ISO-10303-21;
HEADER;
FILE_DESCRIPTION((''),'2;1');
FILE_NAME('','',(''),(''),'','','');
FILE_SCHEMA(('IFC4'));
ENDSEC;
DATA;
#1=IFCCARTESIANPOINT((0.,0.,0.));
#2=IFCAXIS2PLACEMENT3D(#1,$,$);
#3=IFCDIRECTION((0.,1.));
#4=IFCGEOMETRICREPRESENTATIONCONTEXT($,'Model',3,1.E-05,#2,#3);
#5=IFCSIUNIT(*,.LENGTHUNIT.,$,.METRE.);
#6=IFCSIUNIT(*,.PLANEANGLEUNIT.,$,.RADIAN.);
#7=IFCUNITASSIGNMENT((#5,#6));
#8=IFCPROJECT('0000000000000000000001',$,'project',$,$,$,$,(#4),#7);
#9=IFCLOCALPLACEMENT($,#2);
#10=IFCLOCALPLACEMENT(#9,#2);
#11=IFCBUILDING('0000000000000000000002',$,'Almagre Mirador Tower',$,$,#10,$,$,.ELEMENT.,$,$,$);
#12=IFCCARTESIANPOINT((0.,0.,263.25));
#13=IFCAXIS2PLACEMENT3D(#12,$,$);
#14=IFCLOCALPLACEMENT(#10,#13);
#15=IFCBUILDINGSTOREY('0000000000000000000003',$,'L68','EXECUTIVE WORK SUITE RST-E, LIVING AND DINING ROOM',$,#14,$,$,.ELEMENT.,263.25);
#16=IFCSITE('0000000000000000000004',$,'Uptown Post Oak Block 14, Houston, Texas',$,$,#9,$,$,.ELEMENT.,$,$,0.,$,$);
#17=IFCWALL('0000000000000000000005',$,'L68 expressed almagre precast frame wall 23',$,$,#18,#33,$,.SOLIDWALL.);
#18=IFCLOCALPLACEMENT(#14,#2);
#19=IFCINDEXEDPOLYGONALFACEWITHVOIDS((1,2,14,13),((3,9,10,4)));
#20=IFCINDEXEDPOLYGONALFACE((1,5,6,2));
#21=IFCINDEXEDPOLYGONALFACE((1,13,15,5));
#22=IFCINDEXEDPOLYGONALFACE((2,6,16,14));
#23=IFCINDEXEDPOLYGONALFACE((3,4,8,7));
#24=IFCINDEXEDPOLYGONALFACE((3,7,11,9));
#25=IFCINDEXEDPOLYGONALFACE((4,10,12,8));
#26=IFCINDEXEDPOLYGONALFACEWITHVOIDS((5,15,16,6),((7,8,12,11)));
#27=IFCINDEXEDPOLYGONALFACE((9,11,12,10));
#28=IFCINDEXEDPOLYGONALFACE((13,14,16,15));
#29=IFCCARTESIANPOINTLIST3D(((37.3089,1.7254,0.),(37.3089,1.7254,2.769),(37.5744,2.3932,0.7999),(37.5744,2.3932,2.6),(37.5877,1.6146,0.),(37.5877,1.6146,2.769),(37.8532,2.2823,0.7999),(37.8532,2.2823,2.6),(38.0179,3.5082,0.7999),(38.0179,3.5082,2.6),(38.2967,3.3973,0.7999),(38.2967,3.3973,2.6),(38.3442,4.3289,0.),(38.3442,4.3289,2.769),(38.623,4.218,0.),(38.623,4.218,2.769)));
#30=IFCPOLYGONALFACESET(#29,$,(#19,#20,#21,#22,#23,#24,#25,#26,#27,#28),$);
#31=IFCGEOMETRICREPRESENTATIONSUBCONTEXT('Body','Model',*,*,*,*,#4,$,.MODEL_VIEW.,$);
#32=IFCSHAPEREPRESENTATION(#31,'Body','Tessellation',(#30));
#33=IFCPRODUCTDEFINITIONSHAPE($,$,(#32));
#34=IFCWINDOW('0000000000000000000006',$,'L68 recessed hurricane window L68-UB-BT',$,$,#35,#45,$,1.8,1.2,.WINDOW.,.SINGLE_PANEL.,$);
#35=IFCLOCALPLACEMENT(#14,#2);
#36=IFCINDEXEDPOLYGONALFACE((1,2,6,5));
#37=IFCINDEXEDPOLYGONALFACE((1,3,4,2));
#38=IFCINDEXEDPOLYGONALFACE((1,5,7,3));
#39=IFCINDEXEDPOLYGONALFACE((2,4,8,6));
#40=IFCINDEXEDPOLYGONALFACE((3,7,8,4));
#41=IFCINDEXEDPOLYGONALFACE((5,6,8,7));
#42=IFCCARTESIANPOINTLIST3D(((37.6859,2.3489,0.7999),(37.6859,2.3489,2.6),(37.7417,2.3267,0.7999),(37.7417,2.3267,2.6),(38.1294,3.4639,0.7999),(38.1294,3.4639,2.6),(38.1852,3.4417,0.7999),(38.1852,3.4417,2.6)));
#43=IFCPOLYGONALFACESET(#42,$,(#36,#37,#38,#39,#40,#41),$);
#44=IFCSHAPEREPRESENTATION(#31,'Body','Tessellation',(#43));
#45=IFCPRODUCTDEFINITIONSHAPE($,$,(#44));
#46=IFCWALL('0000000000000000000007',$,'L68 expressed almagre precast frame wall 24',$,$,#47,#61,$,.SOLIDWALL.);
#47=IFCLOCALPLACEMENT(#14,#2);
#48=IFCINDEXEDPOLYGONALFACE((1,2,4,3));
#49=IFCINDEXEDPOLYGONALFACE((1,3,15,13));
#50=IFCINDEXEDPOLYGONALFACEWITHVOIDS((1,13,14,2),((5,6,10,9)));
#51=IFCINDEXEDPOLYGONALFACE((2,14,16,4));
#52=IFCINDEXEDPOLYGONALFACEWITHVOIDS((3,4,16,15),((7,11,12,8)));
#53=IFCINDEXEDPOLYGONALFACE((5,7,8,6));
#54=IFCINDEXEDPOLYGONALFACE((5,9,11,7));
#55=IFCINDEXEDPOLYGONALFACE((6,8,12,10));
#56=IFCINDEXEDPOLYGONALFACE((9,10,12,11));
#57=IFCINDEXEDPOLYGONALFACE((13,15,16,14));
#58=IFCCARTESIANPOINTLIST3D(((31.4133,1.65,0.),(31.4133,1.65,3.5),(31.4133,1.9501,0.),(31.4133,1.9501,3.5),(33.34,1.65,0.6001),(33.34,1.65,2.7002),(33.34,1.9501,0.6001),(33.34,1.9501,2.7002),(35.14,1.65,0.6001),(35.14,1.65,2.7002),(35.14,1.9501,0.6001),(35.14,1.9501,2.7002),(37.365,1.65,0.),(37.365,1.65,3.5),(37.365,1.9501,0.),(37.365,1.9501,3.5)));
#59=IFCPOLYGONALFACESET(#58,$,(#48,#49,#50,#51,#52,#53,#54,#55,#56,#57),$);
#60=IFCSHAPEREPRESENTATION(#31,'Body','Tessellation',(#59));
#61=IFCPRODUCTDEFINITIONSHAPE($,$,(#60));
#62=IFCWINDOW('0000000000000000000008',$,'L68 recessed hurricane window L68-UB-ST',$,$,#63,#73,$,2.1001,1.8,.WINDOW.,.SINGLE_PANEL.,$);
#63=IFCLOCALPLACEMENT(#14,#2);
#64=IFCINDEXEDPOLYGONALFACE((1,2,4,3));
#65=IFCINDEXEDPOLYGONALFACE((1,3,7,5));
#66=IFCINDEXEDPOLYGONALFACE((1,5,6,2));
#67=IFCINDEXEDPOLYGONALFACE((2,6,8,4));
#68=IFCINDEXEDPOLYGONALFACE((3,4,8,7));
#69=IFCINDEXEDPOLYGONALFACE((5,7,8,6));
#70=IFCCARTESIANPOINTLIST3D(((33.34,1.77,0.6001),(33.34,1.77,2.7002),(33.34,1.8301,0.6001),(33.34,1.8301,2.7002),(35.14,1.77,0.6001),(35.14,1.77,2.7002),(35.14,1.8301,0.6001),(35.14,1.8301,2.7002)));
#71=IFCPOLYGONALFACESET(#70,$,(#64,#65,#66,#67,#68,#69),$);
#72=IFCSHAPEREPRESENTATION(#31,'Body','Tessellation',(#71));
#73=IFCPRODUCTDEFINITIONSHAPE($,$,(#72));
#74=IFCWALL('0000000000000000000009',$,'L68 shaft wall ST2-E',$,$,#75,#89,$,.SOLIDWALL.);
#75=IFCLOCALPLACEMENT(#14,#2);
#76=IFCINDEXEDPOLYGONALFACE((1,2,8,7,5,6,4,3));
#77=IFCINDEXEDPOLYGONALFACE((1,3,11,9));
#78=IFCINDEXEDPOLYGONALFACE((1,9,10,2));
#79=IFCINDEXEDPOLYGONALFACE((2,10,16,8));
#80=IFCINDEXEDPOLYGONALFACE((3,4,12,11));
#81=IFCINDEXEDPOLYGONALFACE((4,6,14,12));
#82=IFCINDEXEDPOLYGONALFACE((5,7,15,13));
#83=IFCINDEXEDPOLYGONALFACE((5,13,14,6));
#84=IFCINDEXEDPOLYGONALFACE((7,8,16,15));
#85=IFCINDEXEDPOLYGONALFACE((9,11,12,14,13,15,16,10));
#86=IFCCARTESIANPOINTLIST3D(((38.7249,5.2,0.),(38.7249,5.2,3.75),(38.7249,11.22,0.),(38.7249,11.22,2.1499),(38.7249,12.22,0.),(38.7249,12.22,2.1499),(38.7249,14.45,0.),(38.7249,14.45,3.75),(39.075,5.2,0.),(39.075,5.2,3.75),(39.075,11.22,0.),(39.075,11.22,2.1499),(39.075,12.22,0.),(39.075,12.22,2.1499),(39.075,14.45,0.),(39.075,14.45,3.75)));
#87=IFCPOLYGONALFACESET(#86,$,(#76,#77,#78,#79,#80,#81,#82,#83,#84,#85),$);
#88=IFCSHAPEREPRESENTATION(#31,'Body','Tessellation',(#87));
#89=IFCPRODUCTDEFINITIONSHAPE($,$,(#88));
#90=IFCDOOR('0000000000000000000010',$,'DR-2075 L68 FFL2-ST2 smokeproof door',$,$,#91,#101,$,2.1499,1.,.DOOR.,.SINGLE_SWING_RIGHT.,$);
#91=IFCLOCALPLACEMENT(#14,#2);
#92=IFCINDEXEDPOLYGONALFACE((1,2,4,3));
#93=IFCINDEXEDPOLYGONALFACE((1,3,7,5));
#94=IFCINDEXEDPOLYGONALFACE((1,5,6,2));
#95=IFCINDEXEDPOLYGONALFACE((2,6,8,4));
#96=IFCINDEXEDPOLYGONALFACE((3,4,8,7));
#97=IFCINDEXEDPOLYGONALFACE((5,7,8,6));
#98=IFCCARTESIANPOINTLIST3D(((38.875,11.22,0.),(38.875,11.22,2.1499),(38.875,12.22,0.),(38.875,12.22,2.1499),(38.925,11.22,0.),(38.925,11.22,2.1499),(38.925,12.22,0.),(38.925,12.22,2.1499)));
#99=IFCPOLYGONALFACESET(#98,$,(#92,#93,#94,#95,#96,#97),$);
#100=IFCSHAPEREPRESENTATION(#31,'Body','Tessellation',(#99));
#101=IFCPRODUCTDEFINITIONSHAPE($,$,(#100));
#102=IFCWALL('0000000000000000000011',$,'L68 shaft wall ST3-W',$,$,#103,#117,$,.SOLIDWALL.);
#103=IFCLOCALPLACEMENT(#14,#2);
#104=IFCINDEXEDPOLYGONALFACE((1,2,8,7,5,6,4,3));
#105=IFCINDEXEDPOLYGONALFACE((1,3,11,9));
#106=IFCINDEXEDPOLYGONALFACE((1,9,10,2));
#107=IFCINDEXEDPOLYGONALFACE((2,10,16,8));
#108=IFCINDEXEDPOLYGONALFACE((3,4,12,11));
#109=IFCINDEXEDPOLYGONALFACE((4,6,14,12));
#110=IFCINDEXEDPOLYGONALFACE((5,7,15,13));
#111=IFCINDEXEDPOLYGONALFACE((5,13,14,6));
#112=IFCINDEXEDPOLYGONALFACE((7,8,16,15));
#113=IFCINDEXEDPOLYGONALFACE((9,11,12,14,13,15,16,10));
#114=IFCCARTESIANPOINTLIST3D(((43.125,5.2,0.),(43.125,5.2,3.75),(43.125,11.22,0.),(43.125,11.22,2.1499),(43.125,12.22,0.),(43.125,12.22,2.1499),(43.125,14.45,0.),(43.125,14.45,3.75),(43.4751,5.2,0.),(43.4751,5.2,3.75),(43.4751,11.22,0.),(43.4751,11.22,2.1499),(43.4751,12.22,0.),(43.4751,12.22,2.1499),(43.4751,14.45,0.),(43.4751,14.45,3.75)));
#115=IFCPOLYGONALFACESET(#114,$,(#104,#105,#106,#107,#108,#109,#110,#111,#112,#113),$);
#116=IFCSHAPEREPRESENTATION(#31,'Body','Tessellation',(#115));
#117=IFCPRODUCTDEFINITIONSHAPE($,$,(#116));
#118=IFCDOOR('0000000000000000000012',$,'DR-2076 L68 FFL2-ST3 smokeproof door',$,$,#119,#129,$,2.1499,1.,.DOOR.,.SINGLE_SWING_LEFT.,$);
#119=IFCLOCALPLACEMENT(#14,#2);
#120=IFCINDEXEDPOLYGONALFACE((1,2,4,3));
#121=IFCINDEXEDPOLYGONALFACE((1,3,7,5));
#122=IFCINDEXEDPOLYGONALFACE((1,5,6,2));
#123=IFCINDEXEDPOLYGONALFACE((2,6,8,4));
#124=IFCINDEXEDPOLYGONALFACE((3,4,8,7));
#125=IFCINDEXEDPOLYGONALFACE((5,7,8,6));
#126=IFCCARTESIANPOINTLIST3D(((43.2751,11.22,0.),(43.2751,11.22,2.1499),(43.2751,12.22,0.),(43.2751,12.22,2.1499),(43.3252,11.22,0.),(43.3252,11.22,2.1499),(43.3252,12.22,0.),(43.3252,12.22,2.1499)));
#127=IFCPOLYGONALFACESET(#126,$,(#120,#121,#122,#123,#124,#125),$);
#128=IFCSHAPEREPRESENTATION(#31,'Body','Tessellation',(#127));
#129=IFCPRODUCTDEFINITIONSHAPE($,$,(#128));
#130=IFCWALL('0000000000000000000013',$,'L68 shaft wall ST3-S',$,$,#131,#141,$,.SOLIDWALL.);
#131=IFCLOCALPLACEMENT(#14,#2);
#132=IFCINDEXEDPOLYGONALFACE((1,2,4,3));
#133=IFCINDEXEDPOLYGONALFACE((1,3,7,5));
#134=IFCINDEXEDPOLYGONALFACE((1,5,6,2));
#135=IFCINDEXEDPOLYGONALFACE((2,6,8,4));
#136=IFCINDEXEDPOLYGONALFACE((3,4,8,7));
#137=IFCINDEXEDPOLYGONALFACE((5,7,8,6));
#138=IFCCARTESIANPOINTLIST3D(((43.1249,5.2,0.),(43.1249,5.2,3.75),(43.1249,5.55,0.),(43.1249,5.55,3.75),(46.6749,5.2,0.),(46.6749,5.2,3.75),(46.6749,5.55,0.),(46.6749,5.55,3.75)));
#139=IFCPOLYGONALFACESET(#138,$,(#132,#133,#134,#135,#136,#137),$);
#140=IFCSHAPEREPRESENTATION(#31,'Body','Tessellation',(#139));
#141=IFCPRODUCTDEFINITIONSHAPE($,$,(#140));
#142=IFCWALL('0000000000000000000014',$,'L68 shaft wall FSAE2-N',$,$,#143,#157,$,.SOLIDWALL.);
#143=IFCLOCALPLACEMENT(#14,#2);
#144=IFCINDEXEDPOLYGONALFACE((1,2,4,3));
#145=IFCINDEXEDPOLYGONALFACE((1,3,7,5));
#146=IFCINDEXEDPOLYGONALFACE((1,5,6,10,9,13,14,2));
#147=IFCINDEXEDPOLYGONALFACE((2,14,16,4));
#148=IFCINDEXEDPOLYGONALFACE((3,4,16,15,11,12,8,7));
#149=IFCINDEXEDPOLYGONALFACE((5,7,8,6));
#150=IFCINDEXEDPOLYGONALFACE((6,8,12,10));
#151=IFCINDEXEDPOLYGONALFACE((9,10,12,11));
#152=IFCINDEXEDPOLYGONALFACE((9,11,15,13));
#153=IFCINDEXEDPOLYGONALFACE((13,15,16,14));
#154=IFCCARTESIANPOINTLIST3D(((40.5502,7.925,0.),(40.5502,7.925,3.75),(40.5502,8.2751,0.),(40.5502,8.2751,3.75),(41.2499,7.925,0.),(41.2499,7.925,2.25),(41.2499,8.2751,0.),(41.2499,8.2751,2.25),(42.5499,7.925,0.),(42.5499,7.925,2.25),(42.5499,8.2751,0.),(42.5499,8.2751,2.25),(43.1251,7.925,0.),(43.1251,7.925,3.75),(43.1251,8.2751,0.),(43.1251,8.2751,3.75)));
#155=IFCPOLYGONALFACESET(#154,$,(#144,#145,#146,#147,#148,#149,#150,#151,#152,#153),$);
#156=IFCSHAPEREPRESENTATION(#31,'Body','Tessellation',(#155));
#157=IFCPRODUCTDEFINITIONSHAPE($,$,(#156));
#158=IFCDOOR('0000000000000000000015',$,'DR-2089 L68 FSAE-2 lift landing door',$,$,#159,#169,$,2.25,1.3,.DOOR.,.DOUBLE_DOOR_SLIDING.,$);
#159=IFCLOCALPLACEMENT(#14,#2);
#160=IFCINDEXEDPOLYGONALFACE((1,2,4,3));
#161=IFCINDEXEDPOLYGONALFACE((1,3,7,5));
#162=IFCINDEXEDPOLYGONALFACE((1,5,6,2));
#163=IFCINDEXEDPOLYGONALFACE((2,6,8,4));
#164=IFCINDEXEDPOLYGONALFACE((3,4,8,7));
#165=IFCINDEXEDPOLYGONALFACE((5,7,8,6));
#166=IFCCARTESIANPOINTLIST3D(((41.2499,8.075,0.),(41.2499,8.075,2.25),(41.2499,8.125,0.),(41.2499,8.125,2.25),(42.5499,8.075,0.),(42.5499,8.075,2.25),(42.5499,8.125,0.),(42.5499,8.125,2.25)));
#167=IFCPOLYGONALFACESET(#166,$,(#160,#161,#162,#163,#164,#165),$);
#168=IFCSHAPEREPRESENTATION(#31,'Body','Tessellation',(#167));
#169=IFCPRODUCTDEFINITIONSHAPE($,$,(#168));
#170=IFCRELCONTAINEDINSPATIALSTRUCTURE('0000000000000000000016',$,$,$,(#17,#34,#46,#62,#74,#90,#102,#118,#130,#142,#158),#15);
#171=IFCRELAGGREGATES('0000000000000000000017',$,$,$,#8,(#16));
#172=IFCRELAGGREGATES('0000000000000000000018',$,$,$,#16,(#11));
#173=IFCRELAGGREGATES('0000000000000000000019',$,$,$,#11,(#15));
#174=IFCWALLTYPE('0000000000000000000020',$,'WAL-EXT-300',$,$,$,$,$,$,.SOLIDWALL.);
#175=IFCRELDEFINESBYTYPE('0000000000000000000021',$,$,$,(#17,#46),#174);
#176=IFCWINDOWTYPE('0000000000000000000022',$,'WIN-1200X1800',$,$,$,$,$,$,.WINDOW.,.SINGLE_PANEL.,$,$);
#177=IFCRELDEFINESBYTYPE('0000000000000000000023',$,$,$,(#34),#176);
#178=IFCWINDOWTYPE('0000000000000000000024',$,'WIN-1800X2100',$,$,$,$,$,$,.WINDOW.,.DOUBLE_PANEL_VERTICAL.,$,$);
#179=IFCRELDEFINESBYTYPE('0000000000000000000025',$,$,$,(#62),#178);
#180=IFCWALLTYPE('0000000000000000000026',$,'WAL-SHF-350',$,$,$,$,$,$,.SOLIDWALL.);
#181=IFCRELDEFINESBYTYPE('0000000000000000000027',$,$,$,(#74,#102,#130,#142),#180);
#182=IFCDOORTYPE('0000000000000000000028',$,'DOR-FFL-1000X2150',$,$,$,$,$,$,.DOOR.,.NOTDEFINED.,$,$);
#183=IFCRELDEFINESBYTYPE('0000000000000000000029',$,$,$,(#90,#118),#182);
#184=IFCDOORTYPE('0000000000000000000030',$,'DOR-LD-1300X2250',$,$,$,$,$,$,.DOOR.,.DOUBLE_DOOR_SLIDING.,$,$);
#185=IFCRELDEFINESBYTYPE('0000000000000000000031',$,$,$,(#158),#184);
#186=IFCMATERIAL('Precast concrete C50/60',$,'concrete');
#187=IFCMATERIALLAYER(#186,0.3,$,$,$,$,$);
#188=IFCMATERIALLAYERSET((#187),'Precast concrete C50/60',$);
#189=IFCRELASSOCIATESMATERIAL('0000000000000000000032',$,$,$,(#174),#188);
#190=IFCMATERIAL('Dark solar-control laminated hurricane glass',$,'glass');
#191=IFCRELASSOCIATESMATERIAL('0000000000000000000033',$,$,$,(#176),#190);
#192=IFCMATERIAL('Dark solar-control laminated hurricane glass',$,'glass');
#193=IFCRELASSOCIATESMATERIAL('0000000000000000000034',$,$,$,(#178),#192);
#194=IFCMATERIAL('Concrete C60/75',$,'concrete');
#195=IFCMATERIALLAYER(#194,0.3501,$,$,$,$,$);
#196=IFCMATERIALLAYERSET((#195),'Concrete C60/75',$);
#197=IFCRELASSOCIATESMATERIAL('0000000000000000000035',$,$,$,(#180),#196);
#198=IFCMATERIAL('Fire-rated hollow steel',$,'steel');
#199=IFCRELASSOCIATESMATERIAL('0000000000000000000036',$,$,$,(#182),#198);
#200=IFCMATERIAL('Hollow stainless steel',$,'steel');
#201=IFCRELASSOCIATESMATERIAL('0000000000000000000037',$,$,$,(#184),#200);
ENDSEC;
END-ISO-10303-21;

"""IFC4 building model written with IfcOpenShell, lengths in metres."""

from ifc_helpers import new_model, si_unit, direction, frame, frame_2d, origin, place, context, subcontext, project, spatial, rectangle, extrude, material, layer, layer_set, type_object, element, fill, save


model = new_model("IFC4")

# Units and contexts
model_context = context("Model", 3, precision=1e-05, world=origin(), true_north=direction((0.0, 1.0)))
body_context = subcontext(model_context, "Body", "Model", "MODEL_VIEW")
ifc_project = project(units=[si_unit("LENGTHUNIT", "METRE"), si_unit("PLANEANGLEUNIT", "RADIAN")], contexts=[model_context])

# Site, building, storey
site_placement = place(None, origin())
site = spatial("IfcSite", under=ifc_project, at=site_placement, Name="Uptown Post Oak Block 14, Houston, Texas", CompositionType="ELEMENT", RefElevation=0.0)
building_placement = place(site_placement, origin())
building = spatial("IfcBuilding", under=site, at=building_placement, Name="Almagre Mirador Tower", CompositionType="ELEMENT")
storey_placement = place(building_placement, frame((0.0, 0.0, 263.25)))
storey = spatial("IfcBuildingStorey", under=building, at=storey_placement, Name="L68", Description="EXECUTIVE WORK SUITE RST-E, LIVING AND DINING ROOM", CompositionType="ELEMENT", Elevation=263.25)

# Walls, openings, windows
ifc_material_1 = material(Name="Precast concrete C50/60", Category="concrete")
ifc_layer_1 = layer(ifc_material_1, 0.3)
ifc_layer_set_1 = layer_set([ifc_layer_1], Name="Precast concrete C50/60")
wall_type_1 = type_object("IfcWallType", Name="WAL-EXT-300", PredefinedType="SOLIDWALL", material=ifc_layer_set_1)
ifc_material_2 = material(Name="Dark solar-control laminated hurricane glass", Category="glass")
window_type_1 = type_object("IfcWindowType", Name="WIN-1200X1800", PartitioningType="SINGLE_PANEL", PredefinedType="WINDOW", material=ifc_material_2)
wall_1_placement = place(storey_placement, frame((38.4836, 4.2734, 0.0), z_axis=(0.0, 0.0, 1.0), x_axis=(-0.369542, -0.929214, 0.0)))
wall_1 = element("IfcWall", 1, at=wall_1_placement, inside=storey, type_object=wall_type_1, Name="L68 expressed almagre precast frame wall 23", PredefinedType="SOLIDWALL", context=body_context, shape_type="SweptSolid", body=[
    extrude(rectangle(XDim=2.8018, YDim=0.3, at=frame_2d((1.4009, 0.0))), origin(), (0.0, 0.0, 1.0), 2.769),
])
opening_1_placement = place(wall_1_placement, frame((0.8831, 0.0, 0.8)))
opening_1 = element("IfcOpeningElement", 2, at=opening_1_placement, cuts=wall_1, PredefinedType="OPENING", context=body_context, shape_type="SweptSolid", body=[
    extrude(rectangle(XDim=1.2, YDim=1.8, at=frame_2d((0.6001, 0.8999))), frame((0.0, 0.1599, 0.0), z_axis=(0.0, -1.0, 0.0), x_axis=(1.0, 0.0, 0.0)), (0.0, 0.0, 1.0), 0.32),
])
window_1_placement = place(opening_1_placement, origin())
window_1 = element("IfcWindow", 3, at=window_1_placement, inside=storey, type_object=window_type_1, Name="L68 recessed hurricane window L68-UB-BT", OverallHeight=1.8, OverallWidth=1.2, PartitioningType="SINGLE_PANEL", PredefinedType="WINDOW", context=body_context, shape_type="SweptSolid", body=[
    extrude(rectangle(XDim=1.2, YDim=1.8, at=frame_2d((0.6001, 0.8999))), frame((0.0, 0.03, 0.0), z_axis=(0.0, -1.0, 0.0), x_axis=(1.0, 0.0, 0.0)), (0.0, 0.0, 1.0), 0.0601),
])
fill(opening_1, window_1)
wall_2_placement = place(storey_placement, frame((37.365, 1.8, 0.0), z_axis=(0.0, 0.0, 1.0), x_axis=(-1.0, 0.0, 0.0)))
wall_2 = element("IfcWall", 4, at=wall_2_placement, inside=storey, type_object=wall_type_1, Name="L68 expressed almagre precast frame wall 24", PredefinedType="SOLIDWALL", context=body_context, shape_type="SweptSolid", body=[
    extrude(rectangle(XDim=5.9517, YDim=0.3, at=frame_2d((2.9758, 0.0))), origin(), (0.0, 0.0, 1.0), 3.5),
])
opening_2_placement = place(wall_2_placement, frame((2.2251, 0.0, 0.6001)))
opening_2 = element("IfcOpeningElement", 5, at=opening_2_placement, cuts=wall_2, PredefinedType="OPENING", context=body_context, shape_type="SweptSolid", body=[
    extrude(rectangle(XDim=1.8, YDim=2.1001, at=frame_2d((0.8999, 1.05))), frame((0.0, 0.1599, 0.0), z_axis=(0.0, -1.0, 0.0), x_axis=(1.0, 0.0, 0.0)), (0.0, 0.0, 1.0), 0.32),
])
ifc_material_3 = material(Name="Dark solar-control laminated hurricane glass", Category="glass")
window_type_2 = type_object("IfcWindowType", Name="WIN-1800X2100", PartitioningType="DOUBLE_PANEL_VERTICAL", PredefinedType="WINDOW", material=ifc_material_3)
window_2_placement = place(opening_2_placement, origin())
window_2 = element("IfcWindow", 6, at=window_2_placement, inside=storey, type_object=window_type_2, Name="L68 recessed hurricane window L68-UB-ST", OverallHeight=2.1001, OverallWidth=1.8, PartitioningType="SINGLE_PANEL", PredefinedType="WINDOW", context=body_context, shape_type="SweptSolid", body=[
    extrude(rectangle(XDim=1.8, YDim=2.1001, at=frame_2d((0.8999, 1.05))), frame((0.0, 0.03, 0.0), z_axis=(0.0, -1.0, 0.0), x_axis=(1.0, 0.0, 0.0)), (0.0, 0.0, 1.0), 0.0601),
])
fill(opening_2, window_2)

# Walls, openings, doors
ifc_material_4 = material(Name="Concrete C60/75", Category="concrete")
ifc_layer_2 = layer(ifc_material_4, 0.3501)
ifc_layer_set_2 = layer_set([ifc_layer_2], Name="Concrete C60/75")
wall_type_2 = type_object("IfcWallType", Name="WAL-SHF-350", PredefinedType="SOLIDWALL", material=ifc_layer_set_2)
wall_3_placement = place(storey_placement, frame((38.8999, 5.2, 0.0), z_axis=(0.0, 0.0, 1.0), x_axis=(0.0, 1.0, 0.0)))
wall_3 = element("IfcWall", 7, at=wall_3_placement, inside=storey, type_object=wall_type_2, Name="L68 shaft wall ST2-E", PredefinedType="SOLIDWALL", context=body_context, shape_type="SweptSolid", body=[
    extrude(rectangle(XDim=9.25, YDim=0.3501, at=frame_2d((4.625, 0.0))), origin(), (0.0, 0.0, 1.0), 3.75),
])
opening_3_placement = place(wall_3_placement, frame((6.02, 0.0, 0.0)))
opening_3 = element("IfcOpeningElement", 8, at=opening_3_placement, cuts=wall_3, PredefinedType="OPENING", context=body_context, shape_type="SweptSolid", body=[
    extrude(rectangle(XDim=1.0, YDim=2.1499, at=frame_2d((0.5, 1.075))), frame((0.0, 0.185, 0.0), z_axis=(0.0, -1.0, 0.0), x_axis=(1.0, 0.0, 0.0)), (0.0, 0.0, 1.0), 0.3701),
])
ifc_material_5 = material(Name="Fire-rated hollow steel", Category="steel")
door_type_1 = type_object("IfcDoorType", Name="DOR-FFL-1000X2150", OperationType="NOTDEFINED", PredefinedType="DOOR", material=ifc_material_5)
door_1_placement = place(opening_3_placement, origin())
door_1 = element("IfcDoor", 9, at=door_1_placement, inside=storey, type_object=door_type_1, Name="DR-2075 L68 FFL2-ST2 smokeproof door", OperationType="SINGLE_SWING_RIGHT", OverallHeight=2.1499, OverallWidth=1.0, PredefinedType="DOOR", context=body_context, shape_type="SweptSolid", body=[
    extrude(rectangle(XDim=1.0, YDim=2.1499, at=frame_2d((0.5, 1.075))), frame((0.0, 0.0249, 0.0), z_axis=(0.0, -1.0, 0.0), x_axis=(1.0, 0.0, 0.0)), (0.0, 0.0, 1.0), 0.05),
])
fill(opening_3, door_1)
wall_4_placement = place(storey_placement, frame((43.3, 5.2, 0.0), z_axis=(0.0, 0.0, 1.0), x_axis=(0.0, 1.0, 0.0)))
wall_4 = element("IfcWall", 10, at=wall_4_placement, inside=storey, type_object=wall_type_2, Name="L68 shaft wall ST3-W", PredefinedType="SOLIDWALL", context=body_context, shape_type="SweptSolid", body=[
    extrude(rectangle(XDim=9.25, YDim=0.3501, at=frame_2d((4.625, 0.0))), origin(), (0.0, 0.0, 1.0), 3.75),
])
opening_4_placement = place(wall_4_placement, frame((6.02, 0.0, 0.0)))
opening_4 = element("IfcOpeningElement", 11, at=opening_4_placement, cuts=wall_4, PredefinedType="OPENING", context=body_context, shape_type="SweptSolid", body=[
    extrude(rectangle(XDim=1.0, YDim=2.1499, at=frame_2d((0.5, 1.075))), frame((0.0, 0.185, 0.0), z_axis=(0.0, -1.0, 0.0), x_axis=(1.0, 0.0, 0.0)), (0.0, 0.0, 1.0), 0.3701),
])
door_2_placement = place(opening_4_placement, origin())
door_2 = element("IfcDoor", 12, at=door_2_placement, inside=storey, type_object=door_type_1, Name="DR-2076 L68 FFL2-ST3 smokeproof door", OperationType="SINGLE_SWING_LEFT", OverallHeight=2.1499, OverallWidth=1.0, PredefinedType="DOOR", context=body_context, shape_type="SweptSolid", body=[
    extrude(rectangle(XDim=1.0, YDim=2.1499, at=frame_2d((0.5, 1.075))), frame((0.0, 0.0249, 0.0), z_axis=(0.0, -1.0, 0.0), x_axis=(1.0, 0.0, 0.0)), (0.0, 0.0, 1.0), 0.05),
])
fill(opening_4, door_2)

# Wall
wall_5_placement = place(storey_placement, frame((43.125, 5.375, 0.0), z_axis=(0.0, 0.0, 1.0), x_axis=(1.0, 0.0, 0.0)))
element("IfcWall", 13, at=wall_5_placement, inside=storey, type_object=wall_type_2, Name="L68 shaft wall ST3-S", PredefinedType="SOLIDWALL", context=body_context, shape_type="SweptSolid", body=[
    extrude(rectangle(XDim=3.55, YDim=0.3501, at=frame_2d((1.7749, 0.0))), origin(), (0.0, 0.0, 1.0), 3.75),
])

# Wall, opening, door
wall_6_placement = place(storey_placement, frame((40.55, 8.1001, 0.0), z_axis=(0.0, 0.0, 1.0), x_axis=(1.0, 0.0, 0.0)))
wall_6 = element("IfcWall", 14, at=wall_6_placement, inside=storey, type_object=wall_type_2, Name="L68 shaft wall FSAE2-N", PredefinedType="SOLIDWALL", context=body_context, shape_type="SweptSolid", body=[
    extrude(rectangle(XDim=2.575, YDim=0.3501, at=frame_2d((1.2876, 0.0))), origin(), (0.0, 0.0, 1.0), 3.75),
])
opening_5_placement = place(wall_6_placement, frame((0.7, 0.0, 0.0)))
opening_5 = element("IfcOpeningElement", 15, at=opening_5_placement, cuts=wall_6, PredefinedType="OPENING", context=body_context, shape_type="SweptSolid", body=[
    extrude(rectangle(XDim=1.3, YDim=2.25, at=frame_2d((0.6499, 1.125))), frame((0.0, 0.185, 0.0), z_axis=(0.0, -1.0, 0.0), x_axis=(1.0, 0.0, 0.0)), (0.0, 0.0, 1.0), 0.3701),
])
ifc_material_6 = material(Name="Hollow stainless steel", Category="steel")
door_type_2 = type_object("IfcDoorType", Name="DOR-LD-1300X2250", OperationType="DOUBLE_DOOR_SLIDING", PredefinedType="DOOR", material=ifc_material_6)
door_3_placement = place(opening_5_placement, origin())
door_3 = element("IfcDoor", 16, at=door_3_placement, inside=storey, type_object=door_type_2, Name="DR-2089 L68 FSAE-2 lift landing door", OperationType="DOUBLE_DOOR_SLIDING", OverallHeight=2.25, OverallWidth=1.3, PredefinedType="DOOR", context=body_context, shape_type="SweptSolid", body=[
    extrude(rectangle(XDim=1.3, YDim=2.25, at=frame_2d((0.6499, 1.125))), frame((0.0, 0.0249, 0.0), z_axis=(0.0, -1.0, 0.0), x_axis=(1.0, 0.0, 0.0)), (0.0, 0.0, 1.0), 0.05),
])
fill(opening_5, door_3)

save(model, "model.ifc")
